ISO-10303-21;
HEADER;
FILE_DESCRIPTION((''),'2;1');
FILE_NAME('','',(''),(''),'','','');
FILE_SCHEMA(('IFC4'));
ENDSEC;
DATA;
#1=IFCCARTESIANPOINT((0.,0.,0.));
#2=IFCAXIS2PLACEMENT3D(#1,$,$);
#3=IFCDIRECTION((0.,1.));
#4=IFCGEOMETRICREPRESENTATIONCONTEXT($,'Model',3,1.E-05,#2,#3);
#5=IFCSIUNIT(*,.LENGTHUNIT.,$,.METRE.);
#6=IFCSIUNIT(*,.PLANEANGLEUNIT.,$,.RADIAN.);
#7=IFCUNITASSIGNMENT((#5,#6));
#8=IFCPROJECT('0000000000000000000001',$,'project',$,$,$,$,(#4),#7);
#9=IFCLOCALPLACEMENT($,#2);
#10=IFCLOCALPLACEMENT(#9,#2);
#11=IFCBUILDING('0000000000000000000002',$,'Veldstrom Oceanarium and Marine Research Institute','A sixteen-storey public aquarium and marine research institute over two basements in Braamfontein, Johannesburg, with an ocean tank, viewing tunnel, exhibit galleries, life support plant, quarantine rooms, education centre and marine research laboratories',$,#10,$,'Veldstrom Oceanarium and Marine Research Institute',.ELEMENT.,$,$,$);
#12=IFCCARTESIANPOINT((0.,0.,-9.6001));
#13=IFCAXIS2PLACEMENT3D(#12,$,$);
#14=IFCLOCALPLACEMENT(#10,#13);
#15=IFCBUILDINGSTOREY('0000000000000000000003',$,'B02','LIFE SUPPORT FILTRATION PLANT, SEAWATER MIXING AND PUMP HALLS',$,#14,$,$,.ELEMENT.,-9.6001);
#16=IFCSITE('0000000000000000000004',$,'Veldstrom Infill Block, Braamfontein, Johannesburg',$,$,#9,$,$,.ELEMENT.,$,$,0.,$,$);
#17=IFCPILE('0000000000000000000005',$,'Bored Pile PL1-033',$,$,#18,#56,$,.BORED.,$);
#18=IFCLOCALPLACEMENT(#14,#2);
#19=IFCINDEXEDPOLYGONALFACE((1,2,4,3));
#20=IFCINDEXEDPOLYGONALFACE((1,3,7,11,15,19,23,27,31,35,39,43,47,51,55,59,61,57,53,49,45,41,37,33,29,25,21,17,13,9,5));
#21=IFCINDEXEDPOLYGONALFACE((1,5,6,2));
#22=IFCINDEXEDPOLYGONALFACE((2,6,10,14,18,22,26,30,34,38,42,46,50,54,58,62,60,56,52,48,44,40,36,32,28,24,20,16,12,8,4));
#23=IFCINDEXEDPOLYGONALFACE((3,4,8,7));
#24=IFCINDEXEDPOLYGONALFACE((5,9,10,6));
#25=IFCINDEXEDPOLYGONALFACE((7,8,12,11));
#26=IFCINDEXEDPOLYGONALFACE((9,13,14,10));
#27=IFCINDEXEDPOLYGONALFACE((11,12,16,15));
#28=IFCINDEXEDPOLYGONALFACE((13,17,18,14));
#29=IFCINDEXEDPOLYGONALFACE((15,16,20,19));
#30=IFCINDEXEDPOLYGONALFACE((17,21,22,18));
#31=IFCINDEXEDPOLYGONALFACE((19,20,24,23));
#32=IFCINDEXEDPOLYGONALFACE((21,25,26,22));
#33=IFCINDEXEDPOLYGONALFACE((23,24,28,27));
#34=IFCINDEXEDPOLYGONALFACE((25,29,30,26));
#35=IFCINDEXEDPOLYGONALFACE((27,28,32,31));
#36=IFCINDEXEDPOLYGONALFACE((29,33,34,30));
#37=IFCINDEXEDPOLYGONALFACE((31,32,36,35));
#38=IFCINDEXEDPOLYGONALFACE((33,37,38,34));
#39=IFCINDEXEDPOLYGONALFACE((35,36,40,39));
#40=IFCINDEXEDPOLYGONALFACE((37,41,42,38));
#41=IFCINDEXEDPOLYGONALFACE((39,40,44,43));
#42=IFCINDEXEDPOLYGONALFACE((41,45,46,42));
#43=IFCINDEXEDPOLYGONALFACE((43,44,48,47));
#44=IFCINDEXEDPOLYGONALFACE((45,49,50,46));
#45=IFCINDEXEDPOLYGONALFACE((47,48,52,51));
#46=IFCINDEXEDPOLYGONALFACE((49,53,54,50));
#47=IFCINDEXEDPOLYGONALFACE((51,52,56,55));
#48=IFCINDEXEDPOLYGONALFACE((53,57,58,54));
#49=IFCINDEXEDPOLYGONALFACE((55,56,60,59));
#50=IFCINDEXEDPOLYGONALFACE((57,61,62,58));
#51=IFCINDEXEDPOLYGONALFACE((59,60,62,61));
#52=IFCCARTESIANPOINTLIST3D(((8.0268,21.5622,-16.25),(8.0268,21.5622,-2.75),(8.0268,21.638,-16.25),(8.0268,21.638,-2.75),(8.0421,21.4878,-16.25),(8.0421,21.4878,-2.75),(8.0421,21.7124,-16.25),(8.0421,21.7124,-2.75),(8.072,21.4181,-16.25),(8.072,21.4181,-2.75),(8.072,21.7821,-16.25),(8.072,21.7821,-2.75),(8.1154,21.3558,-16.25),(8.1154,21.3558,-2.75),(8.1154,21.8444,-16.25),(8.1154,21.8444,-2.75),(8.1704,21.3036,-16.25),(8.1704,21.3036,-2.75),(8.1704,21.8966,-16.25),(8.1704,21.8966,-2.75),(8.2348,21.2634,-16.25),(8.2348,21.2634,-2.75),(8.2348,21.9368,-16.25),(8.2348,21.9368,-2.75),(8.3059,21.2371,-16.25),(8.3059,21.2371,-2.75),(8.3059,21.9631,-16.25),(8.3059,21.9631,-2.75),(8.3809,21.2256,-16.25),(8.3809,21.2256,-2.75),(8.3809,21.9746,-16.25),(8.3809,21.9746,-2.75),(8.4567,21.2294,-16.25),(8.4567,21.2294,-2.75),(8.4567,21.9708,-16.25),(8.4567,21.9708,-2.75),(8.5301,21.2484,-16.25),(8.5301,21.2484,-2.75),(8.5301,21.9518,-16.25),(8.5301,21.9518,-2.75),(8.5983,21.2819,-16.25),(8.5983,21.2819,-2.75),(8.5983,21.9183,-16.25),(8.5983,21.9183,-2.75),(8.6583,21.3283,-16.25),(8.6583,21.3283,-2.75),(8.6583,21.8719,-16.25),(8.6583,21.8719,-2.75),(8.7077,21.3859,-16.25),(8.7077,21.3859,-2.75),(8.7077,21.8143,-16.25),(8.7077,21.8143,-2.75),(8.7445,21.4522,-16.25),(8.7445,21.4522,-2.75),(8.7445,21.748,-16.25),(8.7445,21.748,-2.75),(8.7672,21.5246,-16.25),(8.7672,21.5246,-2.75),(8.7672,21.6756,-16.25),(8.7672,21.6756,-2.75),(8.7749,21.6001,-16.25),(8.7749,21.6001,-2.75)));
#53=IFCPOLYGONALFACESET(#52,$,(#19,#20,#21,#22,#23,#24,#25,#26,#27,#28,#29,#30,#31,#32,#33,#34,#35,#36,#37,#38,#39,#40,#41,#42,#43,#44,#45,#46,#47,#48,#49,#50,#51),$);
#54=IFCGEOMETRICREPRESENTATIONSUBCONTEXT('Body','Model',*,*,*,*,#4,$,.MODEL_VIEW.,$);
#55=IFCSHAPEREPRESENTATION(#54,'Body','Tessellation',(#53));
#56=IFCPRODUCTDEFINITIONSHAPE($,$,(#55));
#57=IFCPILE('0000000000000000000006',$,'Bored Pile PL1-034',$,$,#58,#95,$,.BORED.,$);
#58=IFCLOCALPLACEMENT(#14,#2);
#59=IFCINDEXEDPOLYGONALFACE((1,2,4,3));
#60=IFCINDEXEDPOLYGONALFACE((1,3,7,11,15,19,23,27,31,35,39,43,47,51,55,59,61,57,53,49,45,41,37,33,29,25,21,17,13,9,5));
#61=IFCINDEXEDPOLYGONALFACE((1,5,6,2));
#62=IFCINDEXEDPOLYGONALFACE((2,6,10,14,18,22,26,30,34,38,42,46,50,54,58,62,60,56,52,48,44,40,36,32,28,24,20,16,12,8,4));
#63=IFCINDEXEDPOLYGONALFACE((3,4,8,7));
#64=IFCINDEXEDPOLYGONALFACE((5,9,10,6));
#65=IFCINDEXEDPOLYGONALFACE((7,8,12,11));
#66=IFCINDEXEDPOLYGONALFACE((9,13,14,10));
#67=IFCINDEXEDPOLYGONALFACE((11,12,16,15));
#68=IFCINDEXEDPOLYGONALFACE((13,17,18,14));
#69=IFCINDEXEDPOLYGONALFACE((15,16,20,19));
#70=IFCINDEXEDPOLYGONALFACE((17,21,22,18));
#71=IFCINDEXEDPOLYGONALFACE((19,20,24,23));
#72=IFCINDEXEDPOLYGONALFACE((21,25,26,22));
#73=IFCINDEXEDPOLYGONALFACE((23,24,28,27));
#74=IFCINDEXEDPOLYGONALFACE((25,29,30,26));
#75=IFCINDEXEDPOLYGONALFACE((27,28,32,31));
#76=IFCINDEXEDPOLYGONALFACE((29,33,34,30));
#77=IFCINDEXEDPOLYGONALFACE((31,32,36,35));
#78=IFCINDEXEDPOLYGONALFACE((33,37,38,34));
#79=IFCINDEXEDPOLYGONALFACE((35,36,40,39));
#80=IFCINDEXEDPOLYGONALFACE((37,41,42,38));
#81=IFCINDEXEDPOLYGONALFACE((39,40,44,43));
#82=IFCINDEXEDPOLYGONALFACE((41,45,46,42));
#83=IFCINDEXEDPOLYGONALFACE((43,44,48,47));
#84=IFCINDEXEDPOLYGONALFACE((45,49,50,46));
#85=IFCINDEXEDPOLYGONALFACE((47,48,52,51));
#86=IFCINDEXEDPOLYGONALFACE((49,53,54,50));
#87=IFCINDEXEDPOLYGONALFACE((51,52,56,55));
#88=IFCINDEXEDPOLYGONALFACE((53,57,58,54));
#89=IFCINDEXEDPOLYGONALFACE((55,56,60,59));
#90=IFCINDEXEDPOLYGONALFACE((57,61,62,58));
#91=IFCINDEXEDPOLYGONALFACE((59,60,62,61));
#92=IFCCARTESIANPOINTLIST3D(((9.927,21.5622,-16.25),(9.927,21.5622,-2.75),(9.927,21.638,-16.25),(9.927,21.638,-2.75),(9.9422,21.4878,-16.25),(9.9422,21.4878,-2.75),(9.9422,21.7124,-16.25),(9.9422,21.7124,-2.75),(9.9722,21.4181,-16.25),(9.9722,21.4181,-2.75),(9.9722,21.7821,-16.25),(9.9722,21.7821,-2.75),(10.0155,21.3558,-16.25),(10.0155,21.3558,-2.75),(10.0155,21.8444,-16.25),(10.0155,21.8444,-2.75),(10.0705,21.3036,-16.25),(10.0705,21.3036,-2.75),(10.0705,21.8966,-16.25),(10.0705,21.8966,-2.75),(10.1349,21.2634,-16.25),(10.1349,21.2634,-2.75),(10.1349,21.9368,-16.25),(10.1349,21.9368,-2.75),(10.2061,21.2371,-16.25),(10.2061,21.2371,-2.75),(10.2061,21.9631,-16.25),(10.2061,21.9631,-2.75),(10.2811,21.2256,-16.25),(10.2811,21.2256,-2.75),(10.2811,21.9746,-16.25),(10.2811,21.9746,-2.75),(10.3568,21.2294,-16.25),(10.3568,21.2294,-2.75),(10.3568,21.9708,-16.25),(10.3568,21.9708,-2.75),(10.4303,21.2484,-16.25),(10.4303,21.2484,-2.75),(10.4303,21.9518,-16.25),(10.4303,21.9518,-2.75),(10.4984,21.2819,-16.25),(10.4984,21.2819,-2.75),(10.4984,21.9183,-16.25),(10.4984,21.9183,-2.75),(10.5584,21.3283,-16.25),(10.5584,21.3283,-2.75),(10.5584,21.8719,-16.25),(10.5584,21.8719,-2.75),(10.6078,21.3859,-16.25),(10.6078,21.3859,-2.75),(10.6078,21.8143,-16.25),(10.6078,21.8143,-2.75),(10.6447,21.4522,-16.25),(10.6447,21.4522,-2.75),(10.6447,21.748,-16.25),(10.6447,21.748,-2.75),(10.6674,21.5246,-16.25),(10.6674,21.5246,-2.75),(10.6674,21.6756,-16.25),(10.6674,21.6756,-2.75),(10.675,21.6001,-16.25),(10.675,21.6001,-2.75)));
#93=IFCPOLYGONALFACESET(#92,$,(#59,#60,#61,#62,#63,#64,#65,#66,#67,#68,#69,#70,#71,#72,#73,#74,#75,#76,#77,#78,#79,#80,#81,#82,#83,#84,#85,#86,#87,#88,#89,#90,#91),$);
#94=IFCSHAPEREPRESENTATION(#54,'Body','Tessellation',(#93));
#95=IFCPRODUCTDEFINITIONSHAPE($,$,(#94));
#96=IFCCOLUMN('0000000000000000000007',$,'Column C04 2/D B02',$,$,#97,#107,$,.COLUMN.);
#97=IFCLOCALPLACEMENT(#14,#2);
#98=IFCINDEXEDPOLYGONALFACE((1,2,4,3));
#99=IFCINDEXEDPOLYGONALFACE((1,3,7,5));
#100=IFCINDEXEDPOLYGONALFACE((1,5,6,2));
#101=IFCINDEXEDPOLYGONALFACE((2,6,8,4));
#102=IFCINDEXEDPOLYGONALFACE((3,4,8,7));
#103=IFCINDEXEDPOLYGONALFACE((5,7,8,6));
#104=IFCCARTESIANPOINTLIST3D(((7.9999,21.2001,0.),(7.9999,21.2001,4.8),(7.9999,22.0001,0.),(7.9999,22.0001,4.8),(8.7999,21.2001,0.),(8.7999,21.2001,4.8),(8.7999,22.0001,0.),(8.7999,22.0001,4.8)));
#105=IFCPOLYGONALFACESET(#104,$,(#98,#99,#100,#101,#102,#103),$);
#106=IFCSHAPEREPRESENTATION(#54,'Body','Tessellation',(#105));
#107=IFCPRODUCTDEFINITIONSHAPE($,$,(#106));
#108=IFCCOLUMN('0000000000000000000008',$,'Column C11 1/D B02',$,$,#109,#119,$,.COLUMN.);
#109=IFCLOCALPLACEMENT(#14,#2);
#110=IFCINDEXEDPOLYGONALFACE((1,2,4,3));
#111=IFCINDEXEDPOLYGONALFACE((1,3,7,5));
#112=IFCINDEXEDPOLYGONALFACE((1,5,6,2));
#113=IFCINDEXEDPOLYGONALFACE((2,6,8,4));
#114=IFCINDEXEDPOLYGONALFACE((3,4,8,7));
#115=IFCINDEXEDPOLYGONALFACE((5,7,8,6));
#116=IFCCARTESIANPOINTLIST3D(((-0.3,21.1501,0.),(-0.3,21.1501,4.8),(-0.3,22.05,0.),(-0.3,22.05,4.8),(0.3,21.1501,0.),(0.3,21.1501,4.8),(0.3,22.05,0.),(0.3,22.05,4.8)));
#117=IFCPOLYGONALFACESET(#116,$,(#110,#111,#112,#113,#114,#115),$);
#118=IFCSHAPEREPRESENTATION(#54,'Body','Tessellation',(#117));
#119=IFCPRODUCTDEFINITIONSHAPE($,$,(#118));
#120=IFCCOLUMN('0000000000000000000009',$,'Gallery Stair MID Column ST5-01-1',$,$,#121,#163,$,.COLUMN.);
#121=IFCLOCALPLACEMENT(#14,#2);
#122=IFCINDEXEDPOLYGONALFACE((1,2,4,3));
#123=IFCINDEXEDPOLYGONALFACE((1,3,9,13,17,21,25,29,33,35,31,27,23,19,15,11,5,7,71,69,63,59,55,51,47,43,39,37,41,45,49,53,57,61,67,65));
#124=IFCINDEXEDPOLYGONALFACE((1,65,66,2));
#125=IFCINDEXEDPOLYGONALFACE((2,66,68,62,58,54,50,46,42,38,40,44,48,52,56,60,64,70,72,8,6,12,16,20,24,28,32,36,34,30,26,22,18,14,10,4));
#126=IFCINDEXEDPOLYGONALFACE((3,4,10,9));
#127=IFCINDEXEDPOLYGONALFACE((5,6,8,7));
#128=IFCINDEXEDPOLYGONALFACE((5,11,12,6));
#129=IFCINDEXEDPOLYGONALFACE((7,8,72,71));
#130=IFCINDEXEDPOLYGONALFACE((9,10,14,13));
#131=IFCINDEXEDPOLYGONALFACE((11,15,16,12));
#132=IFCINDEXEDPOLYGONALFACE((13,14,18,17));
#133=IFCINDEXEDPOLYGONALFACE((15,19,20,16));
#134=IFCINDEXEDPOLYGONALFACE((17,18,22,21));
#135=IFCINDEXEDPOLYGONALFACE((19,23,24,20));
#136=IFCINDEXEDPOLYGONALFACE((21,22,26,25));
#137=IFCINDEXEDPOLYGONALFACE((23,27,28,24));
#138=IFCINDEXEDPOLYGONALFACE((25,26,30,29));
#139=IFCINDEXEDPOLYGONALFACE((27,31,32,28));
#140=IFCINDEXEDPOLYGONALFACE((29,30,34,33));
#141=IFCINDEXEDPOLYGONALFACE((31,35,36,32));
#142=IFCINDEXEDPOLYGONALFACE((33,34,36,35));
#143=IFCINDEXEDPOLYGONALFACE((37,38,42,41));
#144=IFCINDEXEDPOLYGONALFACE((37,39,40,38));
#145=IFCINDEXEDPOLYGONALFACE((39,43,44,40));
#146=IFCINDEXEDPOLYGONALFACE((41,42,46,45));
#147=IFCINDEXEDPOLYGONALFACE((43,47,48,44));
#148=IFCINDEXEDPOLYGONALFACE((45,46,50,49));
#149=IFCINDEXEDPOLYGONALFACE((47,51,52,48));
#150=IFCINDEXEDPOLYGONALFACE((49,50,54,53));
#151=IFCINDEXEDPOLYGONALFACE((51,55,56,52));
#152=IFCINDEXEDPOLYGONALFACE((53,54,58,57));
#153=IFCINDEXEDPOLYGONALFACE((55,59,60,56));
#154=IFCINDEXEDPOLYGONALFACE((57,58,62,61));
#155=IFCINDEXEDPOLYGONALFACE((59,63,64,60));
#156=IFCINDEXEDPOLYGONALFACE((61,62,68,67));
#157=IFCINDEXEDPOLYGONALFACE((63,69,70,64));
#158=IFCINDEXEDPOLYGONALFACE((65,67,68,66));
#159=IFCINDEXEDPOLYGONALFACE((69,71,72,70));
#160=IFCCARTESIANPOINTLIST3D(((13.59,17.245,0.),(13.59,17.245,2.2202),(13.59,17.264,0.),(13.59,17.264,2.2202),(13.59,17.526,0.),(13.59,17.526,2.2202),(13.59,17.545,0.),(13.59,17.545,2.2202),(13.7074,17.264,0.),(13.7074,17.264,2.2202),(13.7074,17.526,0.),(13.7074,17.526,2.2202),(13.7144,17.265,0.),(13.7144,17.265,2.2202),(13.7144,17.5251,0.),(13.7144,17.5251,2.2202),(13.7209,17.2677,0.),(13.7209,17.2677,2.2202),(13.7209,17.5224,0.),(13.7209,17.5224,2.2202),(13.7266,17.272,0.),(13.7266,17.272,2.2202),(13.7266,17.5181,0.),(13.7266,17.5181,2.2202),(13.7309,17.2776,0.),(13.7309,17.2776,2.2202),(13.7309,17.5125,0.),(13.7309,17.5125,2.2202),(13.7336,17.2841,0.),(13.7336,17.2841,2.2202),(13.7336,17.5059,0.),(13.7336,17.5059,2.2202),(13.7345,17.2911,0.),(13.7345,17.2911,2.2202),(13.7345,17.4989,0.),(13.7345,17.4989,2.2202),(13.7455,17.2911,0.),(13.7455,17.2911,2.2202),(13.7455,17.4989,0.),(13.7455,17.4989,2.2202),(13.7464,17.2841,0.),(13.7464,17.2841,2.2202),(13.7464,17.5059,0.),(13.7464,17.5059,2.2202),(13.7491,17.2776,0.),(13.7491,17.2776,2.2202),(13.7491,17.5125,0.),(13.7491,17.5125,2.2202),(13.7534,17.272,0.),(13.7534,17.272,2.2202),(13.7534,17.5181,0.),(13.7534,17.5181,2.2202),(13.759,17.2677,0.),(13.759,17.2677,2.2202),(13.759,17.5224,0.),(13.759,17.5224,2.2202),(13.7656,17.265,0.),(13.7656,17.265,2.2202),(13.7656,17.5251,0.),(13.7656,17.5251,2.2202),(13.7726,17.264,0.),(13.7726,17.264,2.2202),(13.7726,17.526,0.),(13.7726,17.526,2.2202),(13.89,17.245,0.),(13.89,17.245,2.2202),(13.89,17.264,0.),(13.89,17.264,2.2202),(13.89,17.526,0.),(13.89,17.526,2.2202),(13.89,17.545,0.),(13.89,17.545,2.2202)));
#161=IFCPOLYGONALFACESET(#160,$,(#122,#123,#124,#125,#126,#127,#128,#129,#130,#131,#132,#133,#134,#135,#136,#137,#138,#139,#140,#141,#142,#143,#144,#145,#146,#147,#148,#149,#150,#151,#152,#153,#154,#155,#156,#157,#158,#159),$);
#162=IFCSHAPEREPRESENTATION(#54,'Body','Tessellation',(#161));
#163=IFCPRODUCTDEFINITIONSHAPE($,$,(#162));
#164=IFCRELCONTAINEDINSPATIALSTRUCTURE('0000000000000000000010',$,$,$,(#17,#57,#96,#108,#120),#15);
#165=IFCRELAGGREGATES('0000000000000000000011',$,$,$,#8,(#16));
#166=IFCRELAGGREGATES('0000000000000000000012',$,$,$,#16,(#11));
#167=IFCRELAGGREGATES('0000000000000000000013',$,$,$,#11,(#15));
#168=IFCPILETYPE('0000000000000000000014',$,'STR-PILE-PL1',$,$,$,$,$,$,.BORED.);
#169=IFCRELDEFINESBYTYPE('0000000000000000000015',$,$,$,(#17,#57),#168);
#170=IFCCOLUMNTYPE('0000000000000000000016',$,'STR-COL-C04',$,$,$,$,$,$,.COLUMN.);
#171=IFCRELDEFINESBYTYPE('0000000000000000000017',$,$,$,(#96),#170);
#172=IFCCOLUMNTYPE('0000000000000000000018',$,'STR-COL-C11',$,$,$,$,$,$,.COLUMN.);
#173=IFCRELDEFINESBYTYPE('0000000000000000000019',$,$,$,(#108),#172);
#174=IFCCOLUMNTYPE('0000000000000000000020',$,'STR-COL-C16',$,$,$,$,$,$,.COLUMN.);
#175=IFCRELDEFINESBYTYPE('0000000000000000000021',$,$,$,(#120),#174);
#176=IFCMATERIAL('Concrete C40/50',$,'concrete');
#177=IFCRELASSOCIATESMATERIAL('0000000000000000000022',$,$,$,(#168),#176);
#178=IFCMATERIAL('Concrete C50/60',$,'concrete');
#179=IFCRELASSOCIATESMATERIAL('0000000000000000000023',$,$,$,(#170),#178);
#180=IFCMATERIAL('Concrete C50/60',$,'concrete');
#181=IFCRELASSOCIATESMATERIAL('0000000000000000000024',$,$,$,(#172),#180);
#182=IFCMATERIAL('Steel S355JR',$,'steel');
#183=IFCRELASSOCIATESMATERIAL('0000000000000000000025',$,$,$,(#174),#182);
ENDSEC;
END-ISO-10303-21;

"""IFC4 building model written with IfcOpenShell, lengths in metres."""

from ifc_helpers import new_model, si_unit, direction, frame, origin, origin_2d, place, context, subcontext, project, spatial, rectangle, circle, i_section, extrude, material, material_profile, profile_set, type_object, element, save


model = new_model("IFC4")

# Units and contexts
model_context = context("Model", 3, precision=1e-05, world=origin(), true_north=direction((0.0, 1.0)))
body_context = subcontext(model_context, "Body", "Model", "MODEL_VIEW")
ifc_project = project(units=[si_unit("LENGTHUNIT", "METRE"), si_unit("PLANEANGLEUNIT", "RADIAN")], contexts=[model_context])

# Site, building, storey
site_placement = place(None, origin())
site = spatial("IfcSite", under=ifc_project, at=site_placement, Name="Veldstrom Infill Block, Braamfontein, Johannesburg", CompositionType="ELEMENT", RefElevation=0.0)
building_placement = place(site_placement, origin())
building = spatial("IfcBuilding", under=site, at=building_placement, Name="Veldstrom Oceanarium and Marine Research Institute", Description="A sixteen-storey public aquarium and marine research institute over two basements in Braamfontein, Johannesburg, with an ocean tank, viewing tunnel, exhibit galleries, life support plant, quarantine rooms, education centre and marine research laboratories", LongName="Veldstrom Oceanarium and Marine Research Institute", CompositionType="ELEMENT")
storey_placement = place(building_placement, frame((0.0, 0.0, -9.6001)))
storey = spatial("IfcBuildingStorey", under=building, at=storey_placement, Name="B02", Description="LIFE SUPPORT FILTRATION PLANT, SEAWATER MIXING AND PUMP HALLS", CompositionType="ELEMENT", Elevation=-9.6001)

# Piles
ifc_material_1 = material(Name="Concrete C40/50", Category="concrete")
ifc_material_profile_1 = material_profile(ifc_material_1, circle(Radius=0.375, at=origin_2d()), Name="PILE-D750")
ifc_profile_set_1 = profile_set([ifc_material_profile_1], Name="Concrete C40/50")
pile_type = type_object("IfcPileType", Name="STR-PILE-PL1", PredefinedType="BORED", material=ifc_profile_set_1)
for number, where, z_axis, x_axis, name in (
    (1, (8.3999, 21.6001, -2.75), (0.0, 0.0, -1.0), (1.0, 0.0, 0.0), "Bored Pile PL1-033"),
    (2, (10.3, 21.6001, -2.75), (0.0, 0.0, -1.0), (1.0, 0.0, 0.0), "Bored Pile PL1-034"),
):
    element("IfcPile", number, at=place(storey_placement, frame(where, z_axis=z_axis, x_axis=x_axis)), inside=storey, type_object=pile_type, Name=name, PredefinedType="BORED", context=body_context, shape_type="SweptSolid", body=[
        extrude(circle(Radius=0.375, at=origin_2d()), origin(), (0.0, 0.0, 1.0), 13.5),
    ])

# Columns
ifc_material_2 = material(Name="Concrete C50/60", Category="concrete")
ifc_material_profile_2 = material_profile(ifc_material_2, rectangle(XDim=0.8, YDim=0.8, at=origin_2d()), Name="RC-COL-800x800")
ifc_profile_set_2 = profile_set([ifc_material_profile_2], Name="Concrete C50/60")
column_type_1 = type_object("IfcColumnType", Name="STR-COL-C04", PredefinedType="COLUMN", material=ifc_profile_set_2)
column_1_placement = place(storey_placement, frame((8.3999, 21.6001, 0.0), z_axis=(0.0, 0.0, 1.0), x_axis=(1.0, 0.0, 0.0)))
element("IfcColumn", 3, at=column_1_placement, inside=storey, type_object=column_type_1, Name="Column C04 2/D B02", PredefinedType="COLUMN", context=body_context, shape_type="SweptSolid", body=[
    extrude(rectangle(XDim=0.8, YDim=0.8, at=origin_2d()), origin(), (0.0, 0.0, 1.0), 4.8),
])
ifc_material_3 = material(Name="Concrete C50/60", Category="concrete")
ifc_material_profile_3 = material_profile(ifc_material_3, rectangle(XDim=0.6001, YDim=0.8999, at=origin_2d()), Name="RC-COL-900x600")
ifc_profile_set_3 = profile_set([ifc_material_profile_3], Name="Concrete C50/60")
column_type_2 = type_object("IfcColumnType", Name="STR-COL-C11", PredefinedType="COLUMN", material=ifc_profile_set_3)
column_2_placement = place(storey_placement, frame((0.0, 21.6001, 0.0), z_axis=(0.0, 0.0, 1.0), x_axis=(1.0, 0.0, 0.0)))
element("IfcColumn", 4, at=column_2_placement, inside=storey, type_object=column_type_2, Name="Column C11 1/D B02", PredefinedType="COLUMN", context=body_context, shape_type="SweptSolid", body=[
    extrude(rectangle(XDim=0.6001, YDim=0.8999, at=origin_2d()), origin(), (0.0, 0.0, 1.0), 4.8),
])
ifc_material_4 = material(Name="Steel S355JR", Category="steel")
ifc_material_profile_4 = material_profile(ifc_material_4, i_section(OverallWidth=0.3, OverallDepth=0.3, WebThickness=0.011, FlangeThickness=0.019, FilletRadius=0.0271, at=origin_2d()), Name="HEB 300")
ifc_profile_set_4 = profile_set([ifc_material_profile_4], Name="Steel S355JR")
column_type_3 = type_object("IfcColumnType", Name="STR-COL-C16", PredefinedType="COLUMN", material=ifc_profile_set_4)
for number, where, z_axis, x_axis, name in (
    (5, (13.74, 17.395, 0.0), (0.0, 0.0, 1.0), (1.0, 0.0, 0.0), "Gallery Stair MID Column ST5-01-1"),
):
    element("IfcColumn", number, at=place(storey_placement, frame(where, z_axis=z_axis, x_axis=x_axis)), inside=storey, type_object=column_type_3, Name=name, PredefinedType="COLUMN", context=body_context, shape_type="SweptSolid", body=[
        extrude(i_section(OverallWidth=0.3, OverallDepth=0.3, WebThickness=0.011, FlangeThickness=0.019, FilletRadius=0.0271, at=origin_2d()), origin(), (0.0, 0.0, 1.0), 2.2202),
    ])

save(model, "model.ifc")
